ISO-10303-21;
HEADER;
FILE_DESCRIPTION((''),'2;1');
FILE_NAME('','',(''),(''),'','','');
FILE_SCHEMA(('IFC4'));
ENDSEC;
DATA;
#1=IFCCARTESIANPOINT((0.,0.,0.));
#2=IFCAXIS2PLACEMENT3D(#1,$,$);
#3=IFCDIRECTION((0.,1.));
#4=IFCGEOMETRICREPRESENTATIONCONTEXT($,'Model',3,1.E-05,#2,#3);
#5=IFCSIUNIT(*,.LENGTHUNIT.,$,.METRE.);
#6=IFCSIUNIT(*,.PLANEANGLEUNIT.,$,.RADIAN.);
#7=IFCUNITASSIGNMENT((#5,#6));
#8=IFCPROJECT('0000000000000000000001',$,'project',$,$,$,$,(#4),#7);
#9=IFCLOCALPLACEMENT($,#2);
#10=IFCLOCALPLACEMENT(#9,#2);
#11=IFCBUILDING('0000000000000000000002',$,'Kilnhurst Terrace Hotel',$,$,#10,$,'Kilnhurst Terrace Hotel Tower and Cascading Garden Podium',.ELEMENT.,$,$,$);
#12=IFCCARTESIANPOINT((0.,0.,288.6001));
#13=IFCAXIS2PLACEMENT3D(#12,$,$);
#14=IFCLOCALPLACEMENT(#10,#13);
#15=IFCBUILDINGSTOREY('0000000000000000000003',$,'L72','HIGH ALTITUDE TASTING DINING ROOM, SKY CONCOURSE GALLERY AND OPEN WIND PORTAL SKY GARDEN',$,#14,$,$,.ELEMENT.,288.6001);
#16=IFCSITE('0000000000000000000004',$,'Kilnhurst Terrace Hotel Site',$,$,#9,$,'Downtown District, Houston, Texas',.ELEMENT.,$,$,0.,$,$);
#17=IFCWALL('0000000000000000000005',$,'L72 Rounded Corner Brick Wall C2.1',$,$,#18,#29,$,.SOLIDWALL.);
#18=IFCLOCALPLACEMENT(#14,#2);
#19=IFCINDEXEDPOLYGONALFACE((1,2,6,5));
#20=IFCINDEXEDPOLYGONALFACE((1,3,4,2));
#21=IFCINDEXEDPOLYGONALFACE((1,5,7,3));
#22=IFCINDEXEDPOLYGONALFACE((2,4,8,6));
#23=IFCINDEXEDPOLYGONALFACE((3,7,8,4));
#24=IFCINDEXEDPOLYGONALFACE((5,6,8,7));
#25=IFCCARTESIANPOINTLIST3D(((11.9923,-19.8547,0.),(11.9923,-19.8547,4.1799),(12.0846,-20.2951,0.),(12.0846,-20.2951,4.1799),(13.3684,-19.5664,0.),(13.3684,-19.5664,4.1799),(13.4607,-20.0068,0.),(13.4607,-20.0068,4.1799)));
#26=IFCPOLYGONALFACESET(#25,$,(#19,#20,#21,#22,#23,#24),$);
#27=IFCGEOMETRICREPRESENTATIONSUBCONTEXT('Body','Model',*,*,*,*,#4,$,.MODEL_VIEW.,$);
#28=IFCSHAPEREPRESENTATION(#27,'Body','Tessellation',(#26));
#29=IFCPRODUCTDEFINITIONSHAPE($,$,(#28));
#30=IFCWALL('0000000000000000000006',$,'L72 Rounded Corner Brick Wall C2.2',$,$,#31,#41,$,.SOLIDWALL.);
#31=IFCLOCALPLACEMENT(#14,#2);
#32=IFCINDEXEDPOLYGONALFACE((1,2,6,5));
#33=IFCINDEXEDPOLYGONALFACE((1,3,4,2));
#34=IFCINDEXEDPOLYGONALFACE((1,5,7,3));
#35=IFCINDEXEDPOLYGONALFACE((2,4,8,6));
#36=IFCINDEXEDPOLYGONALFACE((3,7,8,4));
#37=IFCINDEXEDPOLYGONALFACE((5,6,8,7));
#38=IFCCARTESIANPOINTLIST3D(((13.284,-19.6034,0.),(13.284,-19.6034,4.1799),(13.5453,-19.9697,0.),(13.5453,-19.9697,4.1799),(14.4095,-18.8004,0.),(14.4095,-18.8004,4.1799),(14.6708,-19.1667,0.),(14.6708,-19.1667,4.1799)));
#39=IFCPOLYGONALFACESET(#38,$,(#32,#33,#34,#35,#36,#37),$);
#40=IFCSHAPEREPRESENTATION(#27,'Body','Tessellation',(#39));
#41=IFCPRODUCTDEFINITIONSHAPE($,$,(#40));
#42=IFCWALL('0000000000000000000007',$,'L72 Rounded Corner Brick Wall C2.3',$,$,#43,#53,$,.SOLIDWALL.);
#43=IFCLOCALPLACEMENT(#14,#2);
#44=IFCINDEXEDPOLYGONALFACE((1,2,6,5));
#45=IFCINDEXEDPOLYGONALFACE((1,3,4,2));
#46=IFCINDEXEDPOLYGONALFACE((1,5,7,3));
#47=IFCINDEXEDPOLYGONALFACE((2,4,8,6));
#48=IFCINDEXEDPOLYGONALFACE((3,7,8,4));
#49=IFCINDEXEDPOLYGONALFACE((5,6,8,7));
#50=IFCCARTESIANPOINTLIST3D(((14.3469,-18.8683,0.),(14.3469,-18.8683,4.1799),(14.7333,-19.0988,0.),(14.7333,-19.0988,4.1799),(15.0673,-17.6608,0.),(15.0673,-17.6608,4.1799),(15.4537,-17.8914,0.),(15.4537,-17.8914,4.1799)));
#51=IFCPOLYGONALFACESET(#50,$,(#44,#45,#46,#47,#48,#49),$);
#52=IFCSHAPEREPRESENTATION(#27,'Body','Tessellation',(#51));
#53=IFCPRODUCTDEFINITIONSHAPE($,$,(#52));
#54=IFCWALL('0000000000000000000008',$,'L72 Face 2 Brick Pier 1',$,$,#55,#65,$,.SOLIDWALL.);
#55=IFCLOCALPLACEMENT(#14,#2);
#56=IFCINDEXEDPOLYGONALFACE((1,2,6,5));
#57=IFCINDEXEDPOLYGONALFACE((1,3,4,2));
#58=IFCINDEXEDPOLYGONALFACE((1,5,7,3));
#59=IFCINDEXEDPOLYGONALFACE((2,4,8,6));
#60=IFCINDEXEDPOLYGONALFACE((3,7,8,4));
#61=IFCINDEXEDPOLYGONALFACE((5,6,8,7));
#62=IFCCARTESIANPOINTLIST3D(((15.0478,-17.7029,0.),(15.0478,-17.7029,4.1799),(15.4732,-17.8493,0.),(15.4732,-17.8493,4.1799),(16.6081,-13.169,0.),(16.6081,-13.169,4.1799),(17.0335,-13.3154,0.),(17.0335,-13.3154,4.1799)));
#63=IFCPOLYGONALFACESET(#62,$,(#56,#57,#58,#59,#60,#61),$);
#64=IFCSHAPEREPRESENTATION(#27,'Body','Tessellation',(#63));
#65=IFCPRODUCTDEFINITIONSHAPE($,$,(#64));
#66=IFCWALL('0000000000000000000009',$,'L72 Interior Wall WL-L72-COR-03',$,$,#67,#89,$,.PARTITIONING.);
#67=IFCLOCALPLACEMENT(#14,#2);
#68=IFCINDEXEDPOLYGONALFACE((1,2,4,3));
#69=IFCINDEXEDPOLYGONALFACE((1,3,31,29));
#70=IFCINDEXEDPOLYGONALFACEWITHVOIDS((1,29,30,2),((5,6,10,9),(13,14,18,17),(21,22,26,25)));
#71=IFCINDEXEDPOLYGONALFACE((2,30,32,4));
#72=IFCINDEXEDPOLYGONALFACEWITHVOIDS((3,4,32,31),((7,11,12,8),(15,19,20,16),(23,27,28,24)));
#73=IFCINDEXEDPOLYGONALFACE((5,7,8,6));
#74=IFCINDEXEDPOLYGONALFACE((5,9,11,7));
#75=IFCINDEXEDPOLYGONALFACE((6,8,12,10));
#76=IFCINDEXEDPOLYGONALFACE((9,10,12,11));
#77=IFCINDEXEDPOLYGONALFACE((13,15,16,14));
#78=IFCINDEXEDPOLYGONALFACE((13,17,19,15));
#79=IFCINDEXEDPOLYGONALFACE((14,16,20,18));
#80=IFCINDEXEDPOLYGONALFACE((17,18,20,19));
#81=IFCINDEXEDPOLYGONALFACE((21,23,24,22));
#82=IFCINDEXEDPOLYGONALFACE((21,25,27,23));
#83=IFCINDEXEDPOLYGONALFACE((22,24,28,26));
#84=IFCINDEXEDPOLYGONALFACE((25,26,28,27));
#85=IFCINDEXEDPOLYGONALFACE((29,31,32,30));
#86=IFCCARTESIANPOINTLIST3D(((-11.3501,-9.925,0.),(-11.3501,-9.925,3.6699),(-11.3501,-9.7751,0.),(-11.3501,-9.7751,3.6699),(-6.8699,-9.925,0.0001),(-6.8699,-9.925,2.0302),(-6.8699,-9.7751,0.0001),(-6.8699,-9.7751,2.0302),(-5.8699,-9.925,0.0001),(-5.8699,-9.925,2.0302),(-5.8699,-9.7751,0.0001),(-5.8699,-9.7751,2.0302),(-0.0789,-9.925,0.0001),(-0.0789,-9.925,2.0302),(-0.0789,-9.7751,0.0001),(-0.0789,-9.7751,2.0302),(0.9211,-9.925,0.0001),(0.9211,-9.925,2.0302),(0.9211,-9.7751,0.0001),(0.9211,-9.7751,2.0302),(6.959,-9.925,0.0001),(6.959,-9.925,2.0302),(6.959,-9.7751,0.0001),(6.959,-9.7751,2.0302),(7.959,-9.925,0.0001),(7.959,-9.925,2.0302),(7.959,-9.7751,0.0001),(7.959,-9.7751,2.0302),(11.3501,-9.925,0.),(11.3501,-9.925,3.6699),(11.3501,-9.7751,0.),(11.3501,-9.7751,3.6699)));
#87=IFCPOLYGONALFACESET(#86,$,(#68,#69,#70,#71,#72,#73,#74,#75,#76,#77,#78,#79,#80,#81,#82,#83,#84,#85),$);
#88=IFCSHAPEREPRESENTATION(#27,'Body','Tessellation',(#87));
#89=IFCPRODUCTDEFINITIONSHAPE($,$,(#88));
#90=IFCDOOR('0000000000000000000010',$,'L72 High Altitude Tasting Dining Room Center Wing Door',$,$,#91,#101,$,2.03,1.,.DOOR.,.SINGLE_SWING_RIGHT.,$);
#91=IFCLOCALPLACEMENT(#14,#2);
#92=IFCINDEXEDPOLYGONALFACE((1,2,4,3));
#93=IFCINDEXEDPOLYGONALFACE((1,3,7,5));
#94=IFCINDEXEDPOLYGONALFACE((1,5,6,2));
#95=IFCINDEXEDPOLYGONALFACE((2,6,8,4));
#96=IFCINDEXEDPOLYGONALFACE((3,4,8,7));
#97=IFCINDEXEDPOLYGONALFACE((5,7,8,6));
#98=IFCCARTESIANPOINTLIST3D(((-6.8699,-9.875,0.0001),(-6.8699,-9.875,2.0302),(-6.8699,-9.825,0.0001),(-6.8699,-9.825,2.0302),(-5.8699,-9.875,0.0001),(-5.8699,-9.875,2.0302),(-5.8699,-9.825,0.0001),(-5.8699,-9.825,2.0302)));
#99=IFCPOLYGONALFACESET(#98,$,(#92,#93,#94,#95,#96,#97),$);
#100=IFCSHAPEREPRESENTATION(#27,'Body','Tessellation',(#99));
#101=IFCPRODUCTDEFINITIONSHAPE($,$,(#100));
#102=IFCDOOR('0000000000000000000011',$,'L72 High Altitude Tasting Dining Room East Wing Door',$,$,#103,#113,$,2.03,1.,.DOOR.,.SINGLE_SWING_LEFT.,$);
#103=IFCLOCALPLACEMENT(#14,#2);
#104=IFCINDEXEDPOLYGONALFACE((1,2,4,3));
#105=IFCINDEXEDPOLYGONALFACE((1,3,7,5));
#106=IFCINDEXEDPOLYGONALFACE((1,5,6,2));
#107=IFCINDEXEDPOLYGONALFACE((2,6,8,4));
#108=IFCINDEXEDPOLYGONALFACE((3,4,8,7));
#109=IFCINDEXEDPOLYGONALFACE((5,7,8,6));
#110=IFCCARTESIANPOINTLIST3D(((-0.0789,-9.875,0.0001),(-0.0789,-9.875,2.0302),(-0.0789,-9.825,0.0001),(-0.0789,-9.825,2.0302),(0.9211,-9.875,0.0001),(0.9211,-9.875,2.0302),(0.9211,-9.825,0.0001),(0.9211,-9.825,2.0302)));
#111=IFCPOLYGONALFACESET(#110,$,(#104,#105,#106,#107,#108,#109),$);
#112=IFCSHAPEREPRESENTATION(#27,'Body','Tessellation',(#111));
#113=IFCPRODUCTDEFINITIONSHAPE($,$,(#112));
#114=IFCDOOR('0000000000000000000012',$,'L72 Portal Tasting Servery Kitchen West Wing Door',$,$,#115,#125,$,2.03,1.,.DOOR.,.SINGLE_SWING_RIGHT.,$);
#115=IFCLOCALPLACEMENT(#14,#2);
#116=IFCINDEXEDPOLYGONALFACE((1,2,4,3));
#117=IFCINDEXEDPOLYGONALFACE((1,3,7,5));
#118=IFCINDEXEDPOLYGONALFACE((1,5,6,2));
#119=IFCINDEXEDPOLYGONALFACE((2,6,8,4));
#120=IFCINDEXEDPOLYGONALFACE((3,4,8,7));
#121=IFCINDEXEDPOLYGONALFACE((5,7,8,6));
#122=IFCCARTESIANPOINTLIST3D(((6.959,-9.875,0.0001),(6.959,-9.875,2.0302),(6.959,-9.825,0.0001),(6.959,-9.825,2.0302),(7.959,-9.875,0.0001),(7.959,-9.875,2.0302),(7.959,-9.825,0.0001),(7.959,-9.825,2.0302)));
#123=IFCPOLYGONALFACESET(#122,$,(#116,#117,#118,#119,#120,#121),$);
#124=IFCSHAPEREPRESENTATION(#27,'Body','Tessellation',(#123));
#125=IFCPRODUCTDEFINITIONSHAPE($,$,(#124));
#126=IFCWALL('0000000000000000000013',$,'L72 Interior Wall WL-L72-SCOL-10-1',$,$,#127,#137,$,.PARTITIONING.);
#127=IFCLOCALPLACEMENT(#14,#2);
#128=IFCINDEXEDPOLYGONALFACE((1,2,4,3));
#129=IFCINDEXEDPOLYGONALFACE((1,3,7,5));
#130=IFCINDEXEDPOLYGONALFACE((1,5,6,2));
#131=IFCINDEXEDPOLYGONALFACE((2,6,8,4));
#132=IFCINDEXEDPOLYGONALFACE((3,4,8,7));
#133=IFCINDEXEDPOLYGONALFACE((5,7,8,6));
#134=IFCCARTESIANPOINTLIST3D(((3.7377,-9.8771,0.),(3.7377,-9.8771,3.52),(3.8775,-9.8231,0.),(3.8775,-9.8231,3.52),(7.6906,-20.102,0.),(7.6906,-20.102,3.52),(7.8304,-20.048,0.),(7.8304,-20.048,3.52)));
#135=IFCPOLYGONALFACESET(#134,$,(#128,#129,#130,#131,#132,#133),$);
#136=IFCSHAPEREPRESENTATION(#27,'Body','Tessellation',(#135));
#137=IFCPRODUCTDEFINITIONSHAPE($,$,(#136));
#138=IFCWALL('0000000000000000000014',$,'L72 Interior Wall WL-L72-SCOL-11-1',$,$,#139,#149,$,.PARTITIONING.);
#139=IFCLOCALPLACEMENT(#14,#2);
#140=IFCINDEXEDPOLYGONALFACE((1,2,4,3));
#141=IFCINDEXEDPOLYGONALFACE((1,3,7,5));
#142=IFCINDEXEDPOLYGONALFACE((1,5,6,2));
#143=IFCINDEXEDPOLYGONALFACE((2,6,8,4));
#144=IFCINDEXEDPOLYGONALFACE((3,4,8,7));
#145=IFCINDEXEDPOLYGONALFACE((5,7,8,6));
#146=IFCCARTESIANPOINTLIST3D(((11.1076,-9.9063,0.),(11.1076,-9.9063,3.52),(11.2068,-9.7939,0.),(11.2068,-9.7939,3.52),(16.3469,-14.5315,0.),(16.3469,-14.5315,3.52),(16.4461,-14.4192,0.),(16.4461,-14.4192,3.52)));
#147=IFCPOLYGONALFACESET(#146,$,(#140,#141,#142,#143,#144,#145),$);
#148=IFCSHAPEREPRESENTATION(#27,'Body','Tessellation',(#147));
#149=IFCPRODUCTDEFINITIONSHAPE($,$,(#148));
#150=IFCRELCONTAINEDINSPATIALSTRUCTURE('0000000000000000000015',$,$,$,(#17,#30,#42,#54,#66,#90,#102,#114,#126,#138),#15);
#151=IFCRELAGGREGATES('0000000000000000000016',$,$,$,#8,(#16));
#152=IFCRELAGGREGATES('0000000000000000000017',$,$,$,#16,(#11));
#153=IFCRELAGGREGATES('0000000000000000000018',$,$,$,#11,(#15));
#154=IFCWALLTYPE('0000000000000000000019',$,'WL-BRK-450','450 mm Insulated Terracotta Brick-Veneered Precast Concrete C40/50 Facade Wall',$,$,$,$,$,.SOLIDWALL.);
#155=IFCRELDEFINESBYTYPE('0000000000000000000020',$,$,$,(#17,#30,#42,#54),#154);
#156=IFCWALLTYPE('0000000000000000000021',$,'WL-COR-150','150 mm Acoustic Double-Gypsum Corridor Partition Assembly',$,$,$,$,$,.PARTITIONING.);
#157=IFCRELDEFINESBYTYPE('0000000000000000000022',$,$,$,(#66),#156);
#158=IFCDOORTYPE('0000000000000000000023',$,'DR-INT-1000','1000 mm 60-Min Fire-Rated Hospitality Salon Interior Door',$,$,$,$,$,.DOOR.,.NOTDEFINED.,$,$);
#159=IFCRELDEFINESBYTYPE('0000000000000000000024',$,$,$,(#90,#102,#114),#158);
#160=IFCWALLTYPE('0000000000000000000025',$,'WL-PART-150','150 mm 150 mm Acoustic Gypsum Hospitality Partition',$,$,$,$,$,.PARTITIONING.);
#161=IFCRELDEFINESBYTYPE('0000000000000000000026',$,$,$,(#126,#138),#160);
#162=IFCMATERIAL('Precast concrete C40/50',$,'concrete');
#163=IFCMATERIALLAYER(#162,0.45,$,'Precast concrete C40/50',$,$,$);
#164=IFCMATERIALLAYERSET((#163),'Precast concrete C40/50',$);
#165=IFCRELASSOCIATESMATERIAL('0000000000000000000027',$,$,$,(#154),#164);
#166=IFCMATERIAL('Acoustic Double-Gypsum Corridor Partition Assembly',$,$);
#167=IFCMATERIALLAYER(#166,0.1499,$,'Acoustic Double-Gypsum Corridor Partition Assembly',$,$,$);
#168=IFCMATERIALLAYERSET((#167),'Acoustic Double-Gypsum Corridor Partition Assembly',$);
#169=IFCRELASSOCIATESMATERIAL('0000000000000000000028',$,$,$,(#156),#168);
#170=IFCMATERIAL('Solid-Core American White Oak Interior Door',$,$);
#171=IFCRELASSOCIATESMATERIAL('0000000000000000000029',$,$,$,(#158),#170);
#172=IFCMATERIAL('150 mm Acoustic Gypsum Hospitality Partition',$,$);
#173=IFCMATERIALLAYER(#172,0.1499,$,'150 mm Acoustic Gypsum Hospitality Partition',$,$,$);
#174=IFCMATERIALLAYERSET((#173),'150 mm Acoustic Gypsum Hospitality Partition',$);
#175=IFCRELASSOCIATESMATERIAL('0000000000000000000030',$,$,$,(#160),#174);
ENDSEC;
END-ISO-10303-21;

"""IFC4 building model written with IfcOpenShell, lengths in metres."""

from ifc_helpers import new_model, si_unit, direction, frame, frame_2d, origin, place, context, subcontext, project, spatial, rectangle, extrude, material, layer, layer_set, type_object, element, fill, save


model = new_model("IFC4")

# Units and contexts
model_context = context("Model", 3, precision=1e-05, world=origin(), true_north=direction((0.0, 1.0)))
body_context = subcontext(model_context, "Body", "Model", "MODEL_VIEW")
ifc_project = project(units=[si_unit("LENGTHUNIT", "METRE"), si_unit("PLANEANGLEUNIT", "RADIAN")], contexts=[model_context])

# Site, building, storey
site_placement = place(None, origin())
site = spatial("IfcSite", under=ifc_project, at=site_placement, Name="Kilnhurst Terrace Hotel Site", LongName="Downtown District, Houston, Texas", CompositionType="ELEMENT", RefElevation=0.0)
building_placement = place(site_placement, origin())
building = spatial("IfcBuilding", under=site, at=building_placement, Name="Kilnhurst Terrace Hotel", LongName="Kilnhurst Terrace Hotel Tower and Cascading Garden Podium", CompositionType="ELEMENT")
storey_placement = place(building_placement, frame((0.0, 0.0, 288.6001)))
storey = spatial("IfcBuildingStorey", under=building, at=storey_placement, Name="L72", Description="HIGH ALTITUDE TASTING DINING ROOM, SKY CONCOURSE GALLERY AND OPEN WIND PORTAL SKY GARDEN", CompositionType="ELEMENT", Elevation=288.6001)

# Walls
ifc_material_1 = material(Name="Precast concrete C40/50", Category="concrete")
ifc_layer_1 = layer(ifc_material_1, 0.45, Name="Precast concrete C40/50")
ifc_layer_set_1 = layer_set([ifc_layer_1], Name="Precast concrete C40/50")
wall_type_1 = type_object("IfcWallType", Name="WL-BRK-450", Description="450 mm Insulated Terracotta Brick-Veneered Precast Concrete C40/50 Facade Wall", PredefinedType="SOLIDWALL", material=ifc_layer_set_1)
wall_1_placement = place(storey_placement, frame((12.0383, -20.075, 0.0), z_axis=(0.0, 0.0, 1.0), x_axis=(0.97875, 0.205057, 0.0)))
element("IfcWall", 1, at=wall_1_placement, inside=storey, type_object=wall_type_1, Name="L72 Rounded Corner Brick Wall C2.1", PredefinedType="SOLIDWALL", context=body_context, shape_type="SweptSolid", body=[
    extrude(rectangle(XDim=1.406, YDim=0.45, at=frame_2d((0.7031, 0.0))), origin(), (0.0, 0.0, 1.0), 4.1799),
])
wall_2_placement = place(storey_placement, frame((13.4146, -19.7866, 0.0), z_axis=(0.0, 0.0, 1.0), x_axis=(0.814055, 0.580787, 0.0)))
element("IfcWall", 2, at=wall_2_placement, inside=storey, type_object=wall_type_1, Name="L72 Rounded Corner Brick Wall C2.2", PredefinedType="SOLIDWALL", context=body_context, shape_type="SweptSolid", body=[
    extrude(rectangle(XDim=1.3826, YDim=0.45, at=frame_2d((0.6914, 0.0))), origin(), (0.0, 0.0, 1.0), 4.1799),
])
wall_3_placement = place(storey_placement, frame((14.54, -18.9836, 0.0), z_axis=(0.0, 0.0, 1.0), x_axis=(0.512375, 0.858762, 0.0)))
element("IfcWall", 3, at=wall_3_placement, inside=storey, type_object=wall_type_1, Name="L72 Rounded Corner Brick Wall C2.3", PredefinedType="SOLIDWALL", context=body_context, shape_type="SweptSolid", body=[
    extrude(rectangle(XDim=1.406, YDim=0.45, at=frame_2d((0.7031, 0.0))), origin(), (0.0, 0.0, 1.0), 4.1799),
])
wall_4_placement = place(storey_placement, frame((15.2605, -17.7761, 0.0), z_axis=(0.0, 0.0, 1.0), x_axis=(0.325408, 0.945574, 0.0)))
element("IfcWall", 4, at=wall_4_placement, inside=storey, type_object=wall_type_1, Name="L72 Face 2 Brick Pier 1", PredefinedType="SOLIDWALL", context=body_context, shape_type="SweptSolid", body=[
    extrude(rectangle(XDim=4.7949, YDim=0.45, at=frame_2d((2.3975, 0.0))), origin(), (0.0, 0.0, 1.0), 4.1799),
])

# Wall, openings, doors
ifc_material_2 = material(Name="Acoustic Double-Gypsum Corridor Partition Assembly")
ifc_layer_2 = layer(ifc_material_2, 0.1499, Name="Acoustic Double-Gypsum Corridor Partition Assembly")
ifc_layer_set_2 = layer_set([ifc_layer_2], Name="Acoustic Double-Gypsum Corridor Partition Assembly")
wall_type_2 = type_object("IfcWallType", Name="WL-COR-150", Description="150 mm Acoustic Double-Gypsum Corridor Partition Assembly", PredefinedType="PARTITIONING", material=ifc_layer_set_2)
wall_5_placement = place(storey_placement, frame((11.3501, -9.8501, 0.0), z_axis=(0.0, 0.0, 1.0), x_axis=(-1.0, 0.0, 0.0)))
wall_5 = element("IfcWall", 5, at=wall_5_placement, inside=storey, type_object=wall_type_2, Name="L72 Interior Wall WL-L72-COR-03", PredefinedType="PARTITIONING", context=body_context, shape_type="SweptSolid", body=[
    extrude(rectangle(XDim=22.7002, YDim=0.1499, at=frame_2d((11.3501, 0.0))), origin(), (0.0, 0.0, 1.0), 3.6699),
])
opening_1_placement = place(wall_5_placement, frame((17.22, 0.0, 0.0)))
opening_1 = element("IfcOpeningElement", 6, at=opening_1_placement, cuts=wall_5, PredefinedType="OPENING", context=body_context, shape_type="SweptSolid", body=[
    extrude(rectangle(XDim=1.0, YDim=2.03, at=frame_2d((0.5, 1.0151))), frame((0.0, 0.085, 0.0), z_axis=(0.0, -1.0, 0.0), x_axis=(1.0, 0.0, 0.0)), (0.0, 0.0, 1.0), 0.1699),
])
opening_2_placement = place(wall_5_placement, frame((10.429, 0.0, 0.0)))
opening_2 = element("IfcOpeningElement", 7, at=opening_2_placement, cuts=wall_5, PredefinedType="OPENING", context=body_context, shape_type="SweptSolid", body=[
    extrude(rectangle(XDim=1.0, YDim=2.03, at=frame_2d((0.5, 1.0151))), frame((0.0, 0.085, 0.0), z_axis=(0.0, -1.0, 0.0), x_axis=(1.0, 0.0, 0.0)), (0.0, 0.0, 1.0), 0.1699),
])
opening_3_placement = place(wall_5_placement, frame((3.3911, 0.0, 0.0)))
opening_3 = element("IfcOpeningElement", 8, at=opening_3_placement, cuts=wall_5, PredefinedType="OPENING", context=body_context, shape_type="SweptSolid", body=[
    extrude(rectangle(XDim=1.0, YDim=2.03, at=frame_2d((0.5, 1.0151))), frame((0.0, 0.085, 0.0), z_axis=(0.0, -1.0, 0.0), x_axis=(1.0, 0.0, 0.0)), (0.0, 0.0, 1.0), 0.1699),
])
ifc_material_3 = material(Name="Solid-Core American White Oak Interior Door")
door_type = type_object("IfcDoorType", Name="DR-INT-1000", Description="1000 mm 60-Min Fire-Rated Hospitality Salon Interior Door", OperationType="NOTDEFINED", PredefinedType="DOOR", material=ifc_material_3)
door_1_placement = place(opening_1_placement, origin())
door_1 = element("IfcDoor", 9, at=door_1_placement, inside=storey, type_object=door_type, Name="L72 High Altitude Tasting Dining Room Center Wing Door", OperationType="SINGLE_SWING_RIGHT", OverallHeight=2.03, OverallWidth=1.0, PredefinedType="DOOR", context=body_context, shape_type="SweptSolid", body=[
    extrude(rectangle(XDim=1.0, YDim=2.03, at=frame_2d((0.5, 1.0151))), frame((0.0, 0.0249, 0.0), z_axis=(0.0, -1.0, 0.0), x_axis=(1.0, 0.0, 0.0)), (0.0, 0.0, 1.0), 0.05),
])
fill(opening_1, door_1)
door_2_placement = place(opening_2_placement, origin())
door_2 = element("IfcDoor", 10, at=door_2_placement, inside=storey, type_object=door_type, Name="L72 High Altitude Tasting Dining Room East Wing Door", OperationType="SINGLE_SWING_LEFT", OverallHeight=2.03, OverallWidth=1.0, PredefinedType="DOOR", context=body_context, shape_type="SweptSolid", body=[
    extrude(rectangle(XDim=1.0, YDim=2.03, at=frame_2d((0.5, 1.0151))), frame((0.0, 0.0249, 0.0), z_axis=(0.0, -1.0, 0.0), x_axis=(1.0, 0.0, 0.0)), (0.0, 0.0, 1.0), 0.05),
])
fill(opening_2, door_2)
door_3_placement = place(opening_3_placement, origin())
door_3 = element("IfcDoor", 11, at=door_3_placement, inside=storey, type_object=door_type, Name="L72 Portal Tasting Servery Kitchen West Wing Door", OperationType="SINGLE_SWING_RIGHT", OverallHeight=2.03, OverallWidth=1.0, PredefinedType="DOOR", context=body_context, shape_type="SweptSolid", body=[
    extrude(rectangle(XDim=1.0, YDim=2.03, at=frame_2d((0.5, 1.0151))), frame((0.0, 0.0249, 0.0), z_axis=(0.0, -1.0, 0.0), x_axis=(1.0, 0.0, 0.0)), (0.0, 0.0, 1.0), 0.05),
])
fill(opening_3, door_3)

# Walls
ifc_material_4 = material(Name="150 mm Acoustic Gypsum Hospitality Partition")
ifc_layer_3 = layer(ifc_material_4, 0.1499, Name="150 mm Acoustic Gypsum Hospitality Partition")
ifc_layer_set_3 = layer_set([ifc_layer_3], Name="150 mm Acoustic Gypsum Hospitality Partition")
wall_type_3 = type_object("IfcWallType", Name="WL-PART-150", Description="150 mm 150 mm Acoustic Gypsum Hospitality Partition", PredefinedType="PARTITIONING", material=ifc_layer_set_3)
wall_6_placement = place(storey_placement, frame((3.8076, -9.8501, 0.0), z_axis=(0.0, 0.0, 1.0), x_axis=(0.360587, -0.932725, 0.0)))
element("IfcWall", 12, at=wall_6_placement, inside=storey, type_object=wall_type_3, Name="L72 Interior Wall WL-L72-SCOL-10-1", PredefinedType="PARTITIONING", context=body_context, shape_type="SweptSolid", body=[
    extrude(rectangle(XDim=10.9624, YDim=0.1499, at=frame_2d((5.4812, 0.0))), origin(), (0.0, 0.0, 1.0), 3.52),
])
wall_7_placement = place(storey_placement, frame((11.1572, -9.8501, 0.0), z_axis=(0.0, 0.0, 1.0), x_axis=(0.74967, -0.661812, 0.0)))
element("IfcWall", 13, at=wall_7_placement, inside=storey, type_object=wall_type_3, Name="L72 Interior Wall WL-L72-SCOL-11-1", PredefinedType="PARTITIONING", context=body_context, shape_type="SweptSolid", body=[
    extrude(rectangle(XDim=6.9888, YDim=0.1499, at=frame_2d((3.4944, 0.0))), origin(), (0.0, 0.0, 1.0), 3.52),
])

save(model, "model.ifc")
